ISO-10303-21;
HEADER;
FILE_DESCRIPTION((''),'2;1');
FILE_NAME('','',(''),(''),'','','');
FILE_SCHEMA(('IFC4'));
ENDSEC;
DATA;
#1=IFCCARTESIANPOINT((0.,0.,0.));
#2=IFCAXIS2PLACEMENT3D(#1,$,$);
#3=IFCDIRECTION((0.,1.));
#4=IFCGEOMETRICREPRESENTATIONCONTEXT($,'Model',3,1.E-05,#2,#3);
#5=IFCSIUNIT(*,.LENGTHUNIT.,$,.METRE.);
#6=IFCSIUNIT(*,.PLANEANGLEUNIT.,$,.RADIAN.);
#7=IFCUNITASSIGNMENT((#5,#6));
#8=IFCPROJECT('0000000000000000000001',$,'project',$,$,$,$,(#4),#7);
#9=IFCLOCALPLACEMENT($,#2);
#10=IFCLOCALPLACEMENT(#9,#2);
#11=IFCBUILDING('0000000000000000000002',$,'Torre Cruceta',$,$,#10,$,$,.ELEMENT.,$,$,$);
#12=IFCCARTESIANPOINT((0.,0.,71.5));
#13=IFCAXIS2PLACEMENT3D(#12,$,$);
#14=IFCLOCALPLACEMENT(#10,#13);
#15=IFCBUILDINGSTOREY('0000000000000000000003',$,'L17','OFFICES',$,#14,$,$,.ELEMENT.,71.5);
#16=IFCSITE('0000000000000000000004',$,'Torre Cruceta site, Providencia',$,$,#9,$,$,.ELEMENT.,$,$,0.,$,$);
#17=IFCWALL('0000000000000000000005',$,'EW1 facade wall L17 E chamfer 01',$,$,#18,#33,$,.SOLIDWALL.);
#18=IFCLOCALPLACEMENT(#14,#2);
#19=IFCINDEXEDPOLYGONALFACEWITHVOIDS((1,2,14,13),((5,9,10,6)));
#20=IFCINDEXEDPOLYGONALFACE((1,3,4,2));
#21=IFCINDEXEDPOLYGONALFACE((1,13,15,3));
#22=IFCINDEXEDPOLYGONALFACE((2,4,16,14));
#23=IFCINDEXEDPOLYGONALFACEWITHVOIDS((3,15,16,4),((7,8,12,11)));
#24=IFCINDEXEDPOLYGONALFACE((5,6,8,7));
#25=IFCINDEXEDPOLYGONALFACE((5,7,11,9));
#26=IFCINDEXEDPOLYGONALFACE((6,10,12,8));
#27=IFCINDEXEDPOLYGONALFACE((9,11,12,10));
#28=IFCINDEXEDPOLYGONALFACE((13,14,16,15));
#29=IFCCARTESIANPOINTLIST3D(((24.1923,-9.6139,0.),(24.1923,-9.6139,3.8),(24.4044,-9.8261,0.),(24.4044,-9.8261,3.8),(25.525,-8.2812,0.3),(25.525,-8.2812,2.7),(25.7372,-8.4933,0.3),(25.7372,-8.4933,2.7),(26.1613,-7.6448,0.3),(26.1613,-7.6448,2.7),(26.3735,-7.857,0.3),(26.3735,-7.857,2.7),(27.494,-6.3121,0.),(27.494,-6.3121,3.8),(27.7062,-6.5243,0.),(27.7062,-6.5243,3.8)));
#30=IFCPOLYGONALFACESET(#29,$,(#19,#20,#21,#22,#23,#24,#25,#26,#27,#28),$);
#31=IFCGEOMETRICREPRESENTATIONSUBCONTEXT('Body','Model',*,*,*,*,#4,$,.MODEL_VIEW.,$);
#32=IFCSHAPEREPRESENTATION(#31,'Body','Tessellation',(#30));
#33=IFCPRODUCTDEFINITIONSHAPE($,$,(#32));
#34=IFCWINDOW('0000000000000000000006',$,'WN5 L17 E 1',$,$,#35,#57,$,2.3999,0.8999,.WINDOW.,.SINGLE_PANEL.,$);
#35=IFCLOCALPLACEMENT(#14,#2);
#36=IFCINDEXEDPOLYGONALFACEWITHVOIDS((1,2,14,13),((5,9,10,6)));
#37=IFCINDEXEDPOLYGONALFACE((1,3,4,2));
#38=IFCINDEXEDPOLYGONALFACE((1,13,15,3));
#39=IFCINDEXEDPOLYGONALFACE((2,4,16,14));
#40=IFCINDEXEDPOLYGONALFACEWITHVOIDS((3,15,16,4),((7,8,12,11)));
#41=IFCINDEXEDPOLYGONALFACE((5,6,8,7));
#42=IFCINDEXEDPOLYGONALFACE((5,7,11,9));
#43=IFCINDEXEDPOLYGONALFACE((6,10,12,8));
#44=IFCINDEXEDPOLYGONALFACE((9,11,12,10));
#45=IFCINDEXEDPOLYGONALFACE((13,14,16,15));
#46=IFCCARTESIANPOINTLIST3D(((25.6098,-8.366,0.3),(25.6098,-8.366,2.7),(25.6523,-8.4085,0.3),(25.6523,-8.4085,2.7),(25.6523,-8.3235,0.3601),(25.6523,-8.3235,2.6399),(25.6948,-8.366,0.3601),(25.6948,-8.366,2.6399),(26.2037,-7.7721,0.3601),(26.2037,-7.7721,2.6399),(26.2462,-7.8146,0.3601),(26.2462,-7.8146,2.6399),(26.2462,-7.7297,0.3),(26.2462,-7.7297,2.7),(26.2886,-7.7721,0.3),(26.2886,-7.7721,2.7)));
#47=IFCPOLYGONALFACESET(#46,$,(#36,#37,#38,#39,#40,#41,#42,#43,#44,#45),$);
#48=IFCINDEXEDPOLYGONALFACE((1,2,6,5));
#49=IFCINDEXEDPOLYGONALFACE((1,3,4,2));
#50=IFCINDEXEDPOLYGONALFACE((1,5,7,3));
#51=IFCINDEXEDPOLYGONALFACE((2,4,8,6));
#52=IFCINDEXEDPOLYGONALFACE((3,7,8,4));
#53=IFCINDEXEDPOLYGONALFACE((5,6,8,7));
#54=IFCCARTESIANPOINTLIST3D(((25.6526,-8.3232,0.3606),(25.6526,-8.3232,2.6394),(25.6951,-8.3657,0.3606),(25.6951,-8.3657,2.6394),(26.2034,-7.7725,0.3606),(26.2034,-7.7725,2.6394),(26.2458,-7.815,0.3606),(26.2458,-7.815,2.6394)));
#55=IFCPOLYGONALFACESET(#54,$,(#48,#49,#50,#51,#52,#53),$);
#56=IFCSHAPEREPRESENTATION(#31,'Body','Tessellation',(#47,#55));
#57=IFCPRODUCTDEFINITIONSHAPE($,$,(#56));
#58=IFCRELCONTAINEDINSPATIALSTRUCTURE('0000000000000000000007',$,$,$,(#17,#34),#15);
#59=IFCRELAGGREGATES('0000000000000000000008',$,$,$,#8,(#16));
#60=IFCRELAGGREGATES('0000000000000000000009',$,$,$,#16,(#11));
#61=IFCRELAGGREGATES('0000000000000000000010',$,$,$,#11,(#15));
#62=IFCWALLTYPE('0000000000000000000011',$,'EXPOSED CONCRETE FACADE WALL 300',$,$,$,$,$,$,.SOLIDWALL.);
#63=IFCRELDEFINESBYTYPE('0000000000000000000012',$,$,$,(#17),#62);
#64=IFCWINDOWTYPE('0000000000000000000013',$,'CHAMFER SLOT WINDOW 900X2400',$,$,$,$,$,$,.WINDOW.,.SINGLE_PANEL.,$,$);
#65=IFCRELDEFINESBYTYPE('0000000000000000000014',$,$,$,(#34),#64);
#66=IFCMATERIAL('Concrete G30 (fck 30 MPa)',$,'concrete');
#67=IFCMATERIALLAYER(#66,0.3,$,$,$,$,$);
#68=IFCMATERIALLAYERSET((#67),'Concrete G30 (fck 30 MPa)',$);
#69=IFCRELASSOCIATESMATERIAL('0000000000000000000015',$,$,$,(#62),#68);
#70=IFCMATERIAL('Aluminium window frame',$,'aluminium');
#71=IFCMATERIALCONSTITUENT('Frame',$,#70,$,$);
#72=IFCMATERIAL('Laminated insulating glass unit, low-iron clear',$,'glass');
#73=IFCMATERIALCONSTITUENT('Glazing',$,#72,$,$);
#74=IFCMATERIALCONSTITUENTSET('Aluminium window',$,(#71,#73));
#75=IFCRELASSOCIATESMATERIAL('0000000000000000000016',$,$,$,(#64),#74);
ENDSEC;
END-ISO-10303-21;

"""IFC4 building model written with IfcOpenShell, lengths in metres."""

from ifc_helpers import new_model, si_unit, direction, frame, frame_2d, origin, place, context, subcontext, project, spatial, rectangle, hollow_rectangle, extrude, material, layer, layer_set, constituent, constituent_set, type_object, element, fill, save


model = new_model("IFC4")

# Units and contexts
model_context = context("Model", 3, precision=1e-05, world=origin(), true_north=direction((0.0, 1.0)))
body_context = subcontext(model_context, "Body", "Model", "MODEL_VIEW")
ifc_project = project(units=[si_unit("LENGTHUNIT", "METRE"), si_unit("PLANEANGLEUNIT", "RADIAN")], contexts=[model_context])

# Site, building, storey
site_placement = place(None, origin())
site = spatial("IfcSite", under=ifc_project, at=site_placement, Name="Torre Cruceta site, Providencia", CompositionType="ELEMENT", RefElevation=0.0)
building_placement = place(site_placement, origin())
building = spatial("IfcBuilding", under=site, at=building_placement, Name="Torre Cruceta", CompositionType="ELEMENT")
storey_placement = place(building_placement, frame((0.0, 0.0, 71.5)))
storey = spatial("IfcBuildingStorey", under=building, at=storey_placement, Name="L17", Description="OFFICES", CompositionType="ELEMENT", Elevation=71.5)

# Wall, opening, window
ifc_material_1 = material(Name="Concrete G30 (fck 30 MPa)", Category="concrete")
ifc_layer_1 = layer(ifc_material_1, 0.3)
ifc_layer_set_1 = layer_set([ifc_layer_1], Name="Concrete G30 (fck 30 MPa)")
wall_type = type_object("IfcWallType", Name="EXPOSED CONCRETE FACADE WALL 300", PredefinedType="SOLIDWALL", material=ifc_layer_set_1)
wall_placement = place(storey_placement, frame((24.2983, -9.72, 0.0), z_axis=(0.0, 0.0, 1.0), x_axis=(0.707107, 0.707107, 0.0)))
wall = element("IfcWall", 1, at=wall_placement, inside=storey, type_object=wall_type, Name="EW1 facade wall L17 E chamfer 01", PredefinedType="SOLIDWALL", context=body_context, shape_type="SweptSolid", body=[
    extrude(rectangle(XDim=4.6694, YDim=0.3, at=frame_2d((2.3347, 0.0))), origin(), (0.0, 0.0, 1.0), 3.8),
])
opening_placement = place(wall_placement, frame((1.8848, 0.0, 0.3)))
opening = element("IfcOpeningElement", 2, at=opening_placement, cuts=wall, PredefinedType="OPENING", context=body_context, shape_type="SweptSolid", body=[
    extrude(rectangle(XDim=0.8999, YDim=2.3999, at=frame_2d((0.45, 1.2))), frame((0.0, 0.1599, 0.0), z_axis=(0.0, -1.0, 0.0), x_axis=(1.0, 0.0, 0.0)), (0.0, 0.0, 1.0), 0.3201),
])
ifc_material_2 = material(Name="Aluminium window frame", Category="aluminium")
ifc_constituent_1 = constituent(ifc_material_2, Name="Frame")
ifc_material_3 = material(Name="Laminated insulating glass unit, low-iron clear", Category="glass")
ifc_constituent_2 = constituent(ifc_material_3, Name="Glazing")
ifc_constituent_set = constituent_set(constituents=[ifc_constituent_1, ifc_constituent_2], Name="Aluminium window")
window_type = type_object("IfcWindowType", Name="CHAMFER SLOT WINDOW 900X2400", PartitioningType="SINGLE_PANEL", PredefinedType="WINDOW", material=ifc_constituent_set)
window_placement = place(opening_placement, origin())
window = element("IfcWindow", 3, at=window_placement, inside=storey, type_object=window_type, Name="WN5 L17 E 1", OverallHeight=2.3999, OverallWidth=0.8999, PartitioningType="SINGLE_PANEL", PredefinedType="WINDOW", context=body_context, shape_type="SweptSolid", body=[
    extrude(hollow_rectangle(XDim=0.8999, YDim=2.3999, WallThickness=0.0601, at=frame_2d((0.45, 1.2))), frame((0.0, 0.03, 0.0), z_axis=(0.0, -1.0, 0.0), x_axis=(1.0, 0.0, 0.0)), (0.0, 0.0, 1.0), 0.0601),
    extrude(rectangle(XDim=0.7788, YDim=2.2788, at=frame_2d((0.45, 1.2))), frame((0.0, 0.03, 0.0), z_axis=(0.0, -1.0, 0.0), x_axis=(1.0, 0.0, 0.0)), (0.0, 0.0, 1.0), 0.0601),
])
fill(opening, window)

save(model, "model.ifc")
